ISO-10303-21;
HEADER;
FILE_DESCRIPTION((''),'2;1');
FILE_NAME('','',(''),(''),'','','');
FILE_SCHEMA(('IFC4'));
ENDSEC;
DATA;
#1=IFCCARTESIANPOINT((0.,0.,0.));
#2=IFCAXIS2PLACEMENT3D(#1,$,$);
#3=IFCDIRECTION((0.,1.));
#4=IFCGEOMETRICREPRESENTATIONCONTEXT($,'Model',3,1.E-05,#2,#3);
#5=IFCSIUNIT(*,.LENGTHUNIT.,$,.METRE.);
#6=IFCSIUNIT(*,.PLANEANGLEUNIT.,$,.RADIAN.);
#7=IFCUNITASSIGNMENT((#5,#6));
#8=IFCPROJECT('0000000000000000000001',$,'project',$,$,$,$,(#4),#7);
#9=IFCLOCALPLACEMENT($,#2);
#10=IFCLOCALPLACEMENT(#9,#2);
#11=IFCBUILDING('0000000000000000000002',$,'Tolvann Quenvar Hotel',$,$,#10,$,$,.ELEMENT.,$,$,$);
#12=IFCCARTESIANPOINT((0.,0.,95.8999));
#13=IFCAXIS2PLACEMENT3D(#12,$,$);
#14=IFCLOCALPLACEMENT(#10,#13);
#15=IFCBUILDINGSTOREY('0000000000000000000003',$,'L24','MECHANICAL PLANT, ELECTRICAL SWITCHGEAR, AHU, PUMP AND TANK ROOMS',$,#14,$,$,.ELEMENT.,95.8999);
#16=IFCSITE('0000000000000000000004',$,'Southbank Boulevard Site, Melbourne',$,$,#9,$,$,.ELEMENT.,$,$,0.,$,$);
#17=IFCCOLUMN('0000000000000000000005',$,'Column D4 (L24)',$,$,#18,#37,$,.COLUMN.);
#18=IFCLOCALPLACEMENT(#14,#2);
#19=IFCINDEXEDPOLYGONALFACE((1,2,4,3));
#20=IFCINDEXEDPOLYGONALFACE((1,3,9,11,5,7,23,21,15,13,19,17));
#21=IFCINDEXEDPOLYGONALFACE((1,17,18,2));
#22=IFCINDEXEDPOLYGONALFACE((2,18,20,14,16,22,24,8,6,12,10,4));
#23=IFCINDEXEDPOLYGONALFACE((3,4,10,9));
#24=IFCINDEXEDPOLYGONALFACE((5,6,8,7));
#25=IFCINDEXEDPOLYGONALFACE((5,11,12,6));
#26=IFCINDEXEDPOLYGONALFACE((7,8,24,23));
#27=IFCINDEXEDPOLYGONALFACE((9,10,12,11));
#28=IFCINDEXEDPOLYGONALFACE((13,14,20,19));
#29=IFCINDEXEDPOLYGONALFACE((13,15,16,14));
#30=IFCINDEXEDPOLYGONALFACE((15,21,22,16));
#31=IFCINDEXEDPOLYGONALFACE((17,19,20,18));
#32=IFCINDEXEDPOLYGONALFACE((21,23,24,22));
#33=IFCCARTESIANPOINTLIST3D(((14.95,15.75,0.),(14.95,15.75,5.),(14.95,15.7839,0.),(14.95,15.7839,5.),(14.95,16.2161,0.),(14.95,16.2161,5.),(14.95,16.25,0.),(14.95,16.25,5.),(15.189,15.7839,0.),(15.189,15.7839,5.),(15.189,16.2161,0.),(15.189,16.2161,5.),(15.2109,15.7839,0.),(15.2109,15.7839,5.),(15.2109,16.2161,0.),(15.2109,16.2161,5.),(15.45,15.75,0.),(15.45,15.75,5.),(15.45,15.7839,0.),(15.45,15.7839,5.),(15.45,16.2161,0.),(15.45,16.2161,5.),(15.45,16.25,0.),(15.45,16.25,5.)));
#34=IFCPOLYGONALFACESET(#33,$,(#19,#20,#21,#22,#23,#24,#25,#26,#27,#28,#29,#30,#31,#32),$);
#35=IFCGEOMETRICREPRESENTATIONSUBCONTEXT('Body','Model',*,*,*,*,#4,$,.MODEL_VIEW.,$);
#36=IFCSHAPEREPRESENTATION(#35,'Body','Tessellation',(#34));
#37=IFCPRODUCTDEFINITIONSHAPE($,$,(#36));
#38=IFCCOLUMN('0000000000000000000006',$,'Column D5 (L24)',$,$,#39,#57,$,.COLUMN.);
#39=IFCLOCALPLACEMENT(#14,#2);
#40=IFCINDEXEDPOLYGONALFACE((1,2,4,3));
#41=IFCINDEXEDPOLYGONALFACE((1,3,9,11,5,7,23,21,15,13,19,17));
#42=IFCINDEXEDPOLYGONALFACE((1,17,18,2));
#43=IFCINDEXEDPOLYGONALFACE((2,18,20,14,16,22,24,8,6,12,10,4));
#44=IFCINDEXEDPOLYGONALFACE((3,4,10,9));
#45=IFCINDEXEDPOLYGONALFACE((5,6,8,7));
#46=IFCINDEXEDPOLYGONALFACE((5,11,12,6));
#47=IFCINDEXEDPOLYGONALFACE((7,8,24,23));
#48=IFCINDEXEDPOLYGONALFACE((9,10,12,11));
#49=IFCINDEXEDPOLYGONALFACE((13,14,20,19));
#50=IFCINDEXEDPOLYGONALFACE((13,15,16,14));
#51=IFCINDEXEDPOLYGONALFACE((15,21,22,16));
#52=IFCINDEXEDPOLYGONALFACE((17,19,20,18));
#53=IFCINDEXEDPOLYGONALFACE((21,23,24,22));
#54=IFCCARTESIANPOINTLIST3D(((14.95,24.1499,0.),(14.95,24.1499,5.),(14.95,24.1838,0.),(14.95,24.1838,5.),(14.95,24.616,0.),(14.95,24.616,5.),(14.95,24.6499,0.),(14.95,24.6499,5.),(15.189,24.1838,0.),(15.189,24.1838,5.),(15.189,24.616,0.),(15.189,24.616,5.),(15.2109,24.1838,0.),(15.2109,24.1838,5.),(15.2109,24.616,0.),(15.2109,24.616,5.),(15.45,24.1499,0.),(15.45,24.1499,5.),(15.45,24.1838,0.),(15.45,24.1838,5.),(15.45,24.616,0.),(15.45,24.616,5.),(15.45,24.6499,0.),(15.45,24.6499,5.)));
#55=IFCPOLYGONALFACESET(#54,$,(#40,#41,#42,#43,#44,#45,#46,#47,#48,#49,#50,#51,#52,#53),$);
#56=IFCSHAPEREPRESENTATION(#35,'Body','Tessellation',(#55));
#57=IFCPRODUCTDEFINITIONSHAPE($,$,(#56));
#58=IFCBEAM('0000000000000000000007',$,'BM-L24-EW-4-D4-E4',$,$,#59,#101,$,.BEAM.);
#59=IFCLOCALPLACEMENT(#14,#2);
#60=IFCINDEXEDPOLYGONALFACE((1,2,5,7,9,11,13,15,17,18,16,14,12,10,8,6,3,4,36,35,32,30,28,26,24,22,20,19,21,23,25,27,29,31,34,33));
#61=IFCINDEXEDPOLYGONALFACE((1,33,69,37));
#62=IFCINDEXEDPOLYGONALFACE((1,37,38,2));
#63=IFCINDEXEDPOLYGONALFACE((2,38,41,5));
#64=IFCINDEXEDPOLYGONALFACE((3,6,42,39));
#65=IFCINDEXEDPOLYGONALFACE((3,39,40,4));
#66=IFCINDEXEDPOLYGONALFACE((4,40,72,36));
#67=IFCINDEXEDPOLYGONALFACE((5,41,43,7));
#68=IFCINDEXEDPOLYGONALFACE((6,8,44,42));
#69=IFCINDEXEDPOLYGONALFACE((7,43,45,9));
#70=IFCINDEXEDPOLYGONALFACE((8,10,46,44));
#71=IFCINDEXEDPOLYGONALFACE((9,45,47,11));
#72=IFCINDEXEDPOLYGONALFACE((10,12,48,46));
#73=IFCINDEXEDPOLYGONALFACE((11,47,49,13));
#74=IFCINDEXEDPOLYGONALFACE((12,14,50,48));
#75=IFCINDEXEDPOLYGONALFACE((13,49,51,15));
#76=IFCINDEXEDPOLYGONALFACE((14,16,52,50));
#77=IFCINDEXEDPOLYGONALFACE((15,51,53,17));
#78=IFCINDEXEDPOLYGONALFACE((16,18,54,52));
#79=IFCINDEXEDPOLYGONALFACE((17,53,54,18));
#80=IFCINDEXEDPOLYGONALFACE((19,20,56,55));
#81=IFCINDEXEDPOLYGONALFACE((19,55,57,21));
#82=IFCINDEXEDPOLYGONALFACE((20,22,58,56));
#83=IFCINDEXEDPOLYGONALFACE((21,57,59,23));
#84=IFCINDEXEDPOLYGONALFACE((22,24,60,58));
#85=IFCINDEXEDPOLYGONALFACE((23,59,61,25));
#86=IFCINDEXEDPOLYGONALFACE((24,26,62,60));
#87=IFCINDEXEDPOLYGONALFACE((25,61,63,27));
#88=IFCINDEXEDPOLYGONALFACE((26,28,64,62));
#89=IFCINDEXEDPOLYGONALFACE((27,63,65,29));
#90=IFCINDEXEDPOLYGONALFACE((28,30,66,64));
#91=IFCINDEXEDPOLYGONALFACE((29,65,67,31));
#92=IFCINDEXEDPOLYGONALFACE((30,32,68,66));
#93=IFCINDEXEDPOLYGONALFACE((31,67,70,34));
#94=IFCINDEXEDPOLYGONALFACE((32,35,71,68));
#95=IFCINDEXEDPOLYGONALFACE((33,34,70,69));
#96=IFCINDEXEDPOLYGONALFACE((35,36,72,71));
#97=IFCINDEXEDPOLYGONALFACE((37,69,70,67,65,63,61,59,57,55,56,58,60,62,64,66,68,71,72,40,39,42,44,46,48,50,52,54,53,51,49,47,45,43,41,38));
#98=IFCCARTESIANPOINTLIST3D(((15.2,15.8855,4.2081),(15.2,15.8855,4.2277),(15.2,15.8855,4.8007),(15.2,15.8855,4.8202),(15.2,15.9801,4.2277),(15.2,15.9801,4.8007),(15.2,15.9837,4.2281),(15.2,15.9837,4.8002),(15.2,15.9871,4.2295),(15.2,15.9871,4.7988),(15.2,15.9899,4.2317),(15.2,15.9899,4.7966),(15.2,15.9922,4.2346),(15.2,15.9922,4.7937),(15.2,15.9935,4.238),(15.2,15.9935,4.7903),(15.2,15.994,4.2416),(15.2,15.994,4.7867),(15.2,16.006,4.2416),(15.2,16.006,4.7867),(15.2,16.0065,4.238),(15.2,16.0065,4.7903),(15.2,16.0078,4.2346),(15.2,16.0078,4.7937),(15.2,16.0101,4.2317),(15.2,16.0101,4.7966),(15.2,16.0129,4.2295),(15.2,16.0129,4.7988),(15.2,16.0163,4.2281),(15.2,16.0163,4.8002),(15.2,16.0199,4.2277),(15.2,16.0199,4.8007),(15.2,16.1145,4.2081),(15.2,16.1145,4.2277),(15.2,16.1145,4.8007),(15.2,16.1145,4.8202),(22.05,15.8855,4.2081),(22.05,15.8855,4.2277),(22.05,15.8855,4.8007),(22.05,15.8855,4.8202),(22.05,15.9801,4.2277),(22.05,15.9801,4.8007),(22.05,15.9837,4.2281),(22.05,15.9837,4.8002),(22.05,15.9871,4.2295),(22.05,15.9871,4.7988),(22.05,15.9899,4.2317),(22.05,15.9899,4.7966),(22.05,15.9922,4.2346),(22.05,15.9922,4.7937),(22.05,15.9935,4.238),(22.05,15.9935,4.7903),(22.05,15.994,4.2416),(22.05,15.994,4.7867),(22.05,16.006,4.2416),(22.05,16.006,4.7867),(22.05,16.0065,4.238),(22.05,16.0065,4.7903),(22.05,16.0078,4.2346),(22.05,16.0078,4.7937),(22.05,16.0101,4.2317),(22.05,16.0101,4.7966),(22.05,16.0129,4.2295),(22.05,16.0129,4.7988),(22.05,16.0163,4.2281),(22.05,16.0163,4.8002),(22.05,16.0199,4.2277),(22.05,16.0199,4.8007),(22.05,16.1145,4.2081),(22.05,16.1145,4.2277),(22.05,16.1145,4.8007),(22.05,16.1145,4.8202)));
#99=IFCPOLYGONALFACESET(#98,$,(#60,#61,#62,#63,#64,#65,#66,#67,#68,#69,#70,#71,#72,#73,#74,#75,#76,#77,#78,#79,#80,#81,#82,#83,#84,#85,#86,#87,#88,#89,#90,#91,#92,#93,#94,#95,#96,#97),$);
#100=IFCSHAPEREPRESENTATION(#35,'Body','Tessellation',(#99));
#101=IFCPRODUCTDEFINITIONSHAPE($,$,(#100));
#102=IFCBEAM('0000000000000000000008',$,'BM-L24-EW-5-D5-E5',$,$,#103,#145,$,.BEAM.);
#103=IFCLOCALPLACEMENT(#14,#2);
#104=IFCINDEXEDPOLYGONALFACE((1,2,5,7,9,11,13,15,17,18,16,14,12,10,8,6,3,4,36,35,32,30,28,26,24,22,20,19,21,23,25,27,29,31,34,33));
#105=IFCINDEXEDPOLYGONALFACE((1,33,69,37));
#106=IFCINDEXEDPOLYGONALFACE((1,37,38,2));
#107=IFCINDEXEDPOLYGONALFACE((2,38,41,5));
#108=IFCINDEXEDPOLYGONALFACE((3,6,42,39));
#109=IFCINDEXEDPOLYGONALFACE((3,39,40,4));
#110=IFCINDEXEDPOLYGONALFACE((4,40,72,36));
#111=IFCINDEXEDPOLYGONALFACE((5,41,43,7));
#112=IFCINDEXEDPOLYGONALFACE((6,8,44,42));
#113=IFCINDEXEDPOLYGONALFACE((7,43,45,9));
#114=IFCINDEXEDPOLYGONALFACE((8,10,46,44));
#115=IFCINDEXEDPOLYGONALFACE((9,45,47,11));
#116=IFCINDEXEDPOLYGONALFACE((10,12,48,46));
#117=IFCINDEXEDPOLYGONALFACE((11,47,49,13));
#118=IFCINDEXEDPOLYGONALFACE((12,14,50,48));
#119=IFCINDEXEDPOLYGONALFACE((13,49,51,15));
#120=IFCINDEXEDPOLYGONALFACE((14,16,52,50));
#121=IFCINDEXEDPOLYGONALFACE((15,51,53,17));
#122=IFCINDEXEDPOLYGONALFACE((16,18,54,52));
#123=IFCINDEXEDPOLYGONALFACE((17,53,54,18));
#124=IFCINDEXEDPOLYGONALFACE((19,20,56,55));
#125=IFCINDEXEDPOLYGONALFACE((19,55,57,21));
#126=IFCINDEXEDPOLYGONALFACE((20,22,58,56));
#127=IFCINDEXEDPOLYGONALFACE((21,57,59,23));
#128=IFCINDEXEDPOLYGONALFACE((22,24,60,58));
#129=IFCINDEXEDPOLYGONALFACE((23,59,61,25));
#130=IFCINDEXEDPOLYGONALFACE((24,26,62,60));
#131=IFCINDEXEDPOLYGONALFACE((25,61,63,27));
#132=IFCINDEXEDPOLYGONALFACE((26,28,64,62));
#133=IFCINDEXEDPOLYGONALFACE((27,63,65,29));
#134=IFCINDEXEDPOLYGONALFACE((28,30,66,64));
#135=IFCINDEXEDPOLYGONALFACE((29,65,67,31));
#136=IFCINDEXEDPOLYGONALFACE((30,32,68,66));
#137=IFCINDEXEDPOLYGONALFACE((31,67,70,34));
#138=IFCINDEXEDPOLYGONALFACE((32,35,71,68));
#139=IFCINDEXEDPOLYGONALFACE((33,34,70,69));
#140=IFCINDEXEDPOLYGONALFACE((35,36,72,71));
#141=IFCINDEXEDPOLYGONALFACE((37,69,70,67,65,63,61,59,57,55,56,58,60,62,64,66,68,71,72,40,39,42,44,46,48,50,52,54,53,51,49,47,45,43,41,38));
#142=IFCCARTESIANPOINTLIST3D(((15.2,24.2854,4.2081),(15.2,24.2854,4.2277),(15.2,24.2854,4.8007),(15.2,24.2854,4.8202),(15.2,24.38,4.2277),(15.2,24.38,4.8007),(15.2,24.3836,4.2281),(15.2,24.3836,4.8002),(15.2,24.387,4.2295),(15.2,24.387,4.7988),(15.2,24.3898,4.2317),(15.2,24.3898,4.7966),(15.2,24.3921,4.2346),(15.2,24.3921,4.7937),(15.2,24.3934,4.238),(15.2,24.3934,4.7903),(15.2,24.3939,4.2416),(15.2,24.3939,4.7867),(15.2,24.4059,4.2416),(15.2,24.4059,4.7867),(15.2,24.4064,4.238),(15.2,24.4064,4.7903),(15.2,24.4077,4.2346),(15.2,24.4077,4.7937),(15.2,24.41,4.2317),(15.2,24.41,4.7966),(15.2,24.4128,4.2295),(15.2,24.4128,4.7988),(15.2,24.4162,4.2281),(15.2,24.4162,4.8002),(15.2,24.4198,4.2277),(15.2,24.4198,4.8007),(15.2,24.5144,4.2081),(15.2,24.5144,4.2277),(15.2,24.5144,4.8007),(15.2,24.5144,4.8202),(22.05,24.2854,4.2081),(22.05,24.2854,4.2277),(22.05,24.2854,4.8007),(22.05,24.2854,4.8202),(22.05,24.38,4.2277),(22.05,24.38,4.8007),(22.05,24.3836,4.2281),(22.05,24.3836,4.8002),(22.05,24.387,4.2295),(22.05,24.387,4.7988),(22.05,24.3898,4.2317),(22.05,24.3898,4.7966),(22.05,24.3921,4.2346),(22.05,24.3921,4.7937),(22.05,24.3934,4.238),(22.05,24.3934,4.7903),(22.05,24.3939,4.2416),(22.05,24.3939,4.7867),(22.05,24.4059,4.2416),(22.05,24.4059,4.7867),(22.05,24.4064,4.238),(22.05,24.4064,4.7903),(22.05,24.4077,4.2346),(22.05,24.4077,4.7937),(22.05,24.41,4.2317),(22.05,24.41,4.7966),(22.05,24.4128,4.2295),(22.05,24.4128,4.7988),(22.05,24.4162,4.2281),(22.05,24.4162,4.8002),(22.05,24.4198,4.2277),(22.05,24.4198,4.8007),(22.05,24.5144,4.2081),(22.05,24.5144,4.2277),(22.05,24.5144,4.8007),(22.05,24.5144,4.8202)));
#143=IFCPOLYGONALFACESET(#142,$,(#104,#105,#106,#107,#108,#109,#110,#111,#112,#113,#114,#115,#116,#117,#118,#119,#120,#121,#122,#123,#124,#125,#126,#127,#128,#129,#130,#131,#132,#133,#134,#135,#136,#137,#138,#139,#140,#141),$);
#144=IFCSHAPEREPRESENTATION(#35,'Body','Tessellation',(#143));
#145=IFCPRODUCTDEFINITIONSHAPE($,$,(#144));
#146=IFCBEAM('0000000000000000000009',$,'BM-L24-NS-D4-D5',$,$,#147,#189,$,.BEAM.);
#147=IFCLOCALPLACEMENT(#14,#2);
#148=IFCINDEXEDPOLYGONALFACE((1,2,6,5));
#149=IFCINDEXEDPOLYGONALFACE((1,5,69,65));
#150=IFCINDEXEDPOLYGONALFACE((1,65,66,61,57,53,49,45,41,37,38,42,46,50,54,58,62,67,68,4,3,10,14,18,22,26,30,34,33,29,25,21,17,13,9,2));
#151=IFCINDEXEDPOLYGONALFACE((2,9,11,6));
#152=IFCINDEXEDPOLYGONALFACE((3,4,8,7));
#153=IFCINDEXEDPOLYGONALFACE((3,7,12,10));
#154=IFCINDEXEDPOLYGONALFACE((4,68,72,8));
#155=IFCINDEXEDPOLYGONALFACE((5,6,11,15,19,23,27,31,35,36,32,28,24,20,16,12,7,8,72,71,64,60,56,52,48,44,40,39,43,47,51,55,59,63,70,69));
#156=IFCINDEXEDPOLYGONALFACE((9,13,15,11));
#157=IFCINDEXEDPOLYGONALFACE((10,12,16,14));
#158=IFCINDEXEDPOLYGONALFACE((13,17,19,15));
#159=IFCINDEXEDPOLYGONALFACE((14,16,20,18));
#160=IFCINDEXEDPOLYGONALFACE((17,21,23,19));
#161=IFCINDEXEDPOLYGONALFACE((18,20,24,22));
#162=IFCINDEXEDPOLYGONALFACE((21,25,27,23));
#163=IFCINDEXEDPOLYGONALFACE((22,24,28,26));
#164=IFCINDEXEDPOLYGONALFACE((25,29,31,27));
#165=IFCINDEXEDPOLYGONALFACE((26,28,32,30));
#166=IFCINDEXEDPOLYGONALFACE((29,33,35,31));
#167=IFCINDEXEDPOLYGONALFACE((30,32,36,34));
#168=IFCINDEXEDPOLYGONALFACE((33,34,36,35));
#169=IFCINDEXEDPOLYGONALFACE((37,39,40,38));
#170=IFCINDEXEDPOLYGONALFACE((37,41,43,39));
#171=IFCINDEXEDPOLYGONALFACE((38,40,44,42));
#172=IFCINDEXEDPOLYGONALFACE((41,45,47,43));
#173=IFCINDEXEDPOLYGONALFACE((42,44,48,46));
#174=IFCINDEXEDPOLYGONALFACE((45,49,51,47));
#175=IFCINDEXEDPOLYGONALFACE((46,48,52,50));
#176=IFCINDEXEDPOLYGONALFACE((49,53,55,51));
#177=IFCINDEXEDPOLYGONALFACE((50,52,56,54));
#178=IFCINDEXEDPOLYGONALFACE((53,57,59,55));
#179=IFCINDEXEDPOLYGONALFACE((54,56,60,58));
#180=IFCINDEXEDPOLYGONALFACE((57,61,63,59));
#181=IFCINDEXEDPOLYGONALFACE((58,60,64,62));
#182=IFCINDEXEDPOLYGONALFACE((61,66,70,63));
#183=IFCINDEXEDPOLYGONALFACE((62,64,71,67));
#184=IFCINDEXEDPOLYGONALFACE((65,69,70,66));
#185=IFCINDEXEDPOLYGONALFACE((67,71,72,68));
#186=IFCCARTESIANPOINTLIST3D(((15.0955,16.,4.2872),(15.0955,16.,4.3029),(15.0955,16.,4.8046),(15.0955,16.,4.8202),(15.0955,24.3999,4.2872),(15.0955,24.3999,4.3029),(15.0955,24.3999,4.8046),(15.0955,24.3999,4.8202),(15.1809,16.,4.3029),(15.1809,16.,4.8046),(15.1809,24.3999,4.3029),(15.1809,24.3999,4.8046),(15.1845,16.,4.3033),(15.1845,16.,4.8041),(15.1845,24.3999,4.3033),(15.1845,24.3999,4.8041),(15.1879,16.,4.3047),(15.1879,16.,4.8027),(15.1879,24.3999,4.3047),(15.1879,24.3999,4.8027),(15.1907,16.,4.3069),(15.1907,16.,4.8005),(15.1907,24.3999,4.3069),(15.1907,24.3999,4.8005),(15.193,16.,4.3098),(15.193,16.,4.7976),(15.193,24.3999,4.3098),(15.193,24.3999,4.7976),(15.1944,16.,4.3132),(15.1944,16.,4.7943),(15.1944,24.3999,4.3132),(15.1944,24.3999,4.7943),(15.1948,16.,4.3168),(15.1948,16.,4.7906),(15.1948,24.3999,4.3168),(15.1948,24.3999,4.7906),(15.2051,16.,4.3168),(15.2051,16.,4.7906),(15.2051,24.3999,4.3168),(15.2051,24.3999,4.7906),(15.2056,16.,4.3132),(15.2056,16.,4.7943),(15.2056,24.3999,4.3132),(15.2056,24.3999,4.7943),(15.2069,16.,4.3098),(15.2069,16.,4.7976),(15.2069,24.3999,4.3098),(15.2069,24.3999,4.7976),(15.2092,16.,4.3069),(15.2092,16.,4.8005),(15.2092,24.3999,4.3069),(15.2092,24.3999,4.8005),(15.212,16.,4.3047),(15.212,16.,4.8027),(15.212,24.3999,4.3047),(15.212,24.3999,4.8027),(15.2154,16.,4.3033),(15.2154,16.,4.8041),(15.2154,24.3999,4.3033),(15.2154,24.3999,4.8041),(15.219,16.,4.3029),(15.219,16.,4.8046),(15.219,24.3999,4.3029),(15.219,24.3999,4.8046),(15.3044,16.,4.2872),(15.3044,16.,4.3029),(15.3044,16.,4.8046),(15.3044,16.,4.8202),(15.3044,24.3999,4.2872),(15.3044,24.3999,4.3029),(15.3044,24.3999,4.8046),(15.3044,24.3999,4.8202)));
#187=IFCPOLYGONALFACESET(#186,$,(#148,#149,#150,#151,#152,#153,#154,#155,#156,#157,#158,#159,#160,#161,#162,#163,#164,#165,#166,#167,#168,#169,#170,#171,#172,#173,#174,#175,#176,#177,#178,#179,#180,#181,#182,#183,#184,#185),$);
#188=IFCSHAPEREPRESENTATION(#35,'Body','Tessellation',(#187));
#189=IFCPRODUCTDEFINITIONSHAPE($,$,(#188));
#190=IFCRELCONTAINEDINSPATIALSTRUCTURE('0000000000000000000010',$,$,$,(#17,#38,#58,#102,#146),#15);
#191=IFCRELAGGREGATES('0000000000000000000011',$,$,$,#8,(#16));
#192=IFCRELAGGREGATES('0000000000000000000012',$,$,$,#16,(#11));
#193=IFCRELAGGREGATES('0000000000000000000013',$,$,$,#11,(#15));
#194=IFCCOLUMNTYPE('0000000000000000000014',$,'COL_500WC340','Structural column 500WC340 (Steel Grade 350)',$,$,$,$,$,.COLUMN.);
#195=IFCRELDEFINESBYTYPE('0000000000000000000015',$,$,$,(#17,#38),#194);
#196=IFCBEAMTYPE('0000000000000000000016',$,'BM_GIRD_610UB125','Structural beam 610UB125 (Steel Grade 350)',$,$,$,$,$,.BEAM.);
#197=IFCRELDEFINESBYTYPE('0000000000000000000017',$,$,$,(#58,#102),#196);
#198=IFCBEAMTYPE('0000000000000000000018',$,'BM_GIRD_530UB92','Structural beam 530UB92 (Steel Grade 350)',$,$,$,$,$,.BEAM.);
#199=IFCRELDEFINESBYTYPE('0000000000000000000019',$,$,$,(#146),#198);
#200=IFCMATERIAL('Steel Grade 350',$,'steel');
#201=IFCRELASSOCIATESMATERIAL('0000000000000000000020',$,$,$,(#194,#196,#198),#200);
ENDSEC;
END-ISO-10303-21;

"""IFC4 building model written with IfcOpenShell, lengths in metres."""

from ifc_helpers import new_model, si_unit, direction, frame, origin, origin_2d, place, context, subcontext, project, spatial, i_section, extrude, source, transform, mapped, material, material_profile, profile_set, type_object, type_shapes, element, save


model = new_model("IFC4")

# Units and contexts
model_context = context("Model", 3, precision=1e-05, world=origin(), true_north=direction((0.0, 1.0)))
body_context = subcontext(model_context, "Body", "Model", "MODEL_VIEW")
ifc_project = project(units=[si_unit("LENGTHUNIT", "METRE"), si_unit("PLANEANGLEUNIT", "RADIAN")], contexts=[model_context])

# Site, building, storey
site_placement = place(None, origin())
site = spatial("IfcSite", under=ifc_project, at=site_placement, Name="Southbank Boulevard Site, Melbourne", CompositionType="ELEMENT", RefElevation=0.0)
building_placement = place(site_placement, origin())
building = spatial("IfcBuilding", under=site, at=building_placement, Name="Tolvann Quenvar Hotel", CompositionType="ELEMENT")
storey_placement = place(building_placement, frame((0.0, 0.0, 95.8999)))
storey = spatial("IfcBuildingStorey", under=building, at=storey_placement, Name="L24", Description="MECHANICAL PLANT, ELECTRICAL SWITCHGEAR, AHU, PUMP AND TANK ROOMS", CompositionType="ELEMENT", Elevation=95.8999)

# Columns
ifc_material_1 = material(Name="Steel Grade 350", Category="steel")
ifc_material_profile_1 = material_profile(ifc_material_1, i_section(OverallWidth=0.5, OverallDepth=0.5, WebThickness=0.022, FlangeThickness=0.0339, at=origin_2d()), Name="500WC340")
ifc_profile_set_1 = profile_set([ifc_material_profile_1], Name="Steel Grade 350")
column_type = type_object("IfcColumnType", Name="COL_500WC340", Description="Structural column 500WC340 (Steel Grade 350)", PredefinedType="COLUMN", material=ifc_profile_set_1)
shared_shape_1 = source(origin(), body_context, "Body", "SweptSolid", [
    extrude(i_section(OverallWidth=0.5, OverallDepth=0.5, WebThickness=0.022, FlangeThickness=0.0339, at=origin_2d()), origin(), (0.0, 0.0, 1.0), 5.0),
])
type_shapes(column_type, [shared_shape_1])
for number, where, z_axis, x_axis, name in (
    (1, (15.2, 16.0, 0.0), (0.0, 0.0, 1.0), (1.0, 0.0, 0.0), "Column D4 (L24)"),
    (2, (15.2, 24.3999, 0.0), (0.0, 0.0, 1.0), (1.0, 0.0, 0.0), "Column D5 (L24)"),
):
    element("IfcColumn", number, at=place(storey_placement, frame(where, z_axis=z_axis, x_axis=x_axis)), inside=storey, type_object=column_type, Name=name, PredefinedType="COLUMN", context=body_context, shape_type="MappedRepresentation", body=[
        mapped(shared_shape_1, transform((0.0, 0.0, 0.0), x_axis=(1.0, 0.0, 0.0), y_axis=(0.0, 1.0, 0.0), z_axis=(0.0, 0.0, 1.0), scale=1.0)),
    ])

# Beams
ifc_material_profile_2 = material_profile(ifc_material_1, i_section(OverallWidth=0.229, OverallDepth=0.6121, WebThickness=0.012, FlangeThickness=0.0195, FilletRadius=0.0139, at=origin_2d()), Name="610UB125")
ifc_profile_set_2 = profile_set([ifc_material_profile_2], Name="Steel Grade 350")
beam_type_1 = type_object("IfcBeamType", Name="BM_GIRD_610UB125", Description="Structural beam 610UB125 (Steel Grade 350)", PredefinedType="BEAM", material=ifc_profile_set_2)
shared_shape_2 = source(origin(), body_context, "Body", "SweptSolid", [
    extrude(i_section(OverallWidth=0.229, OverallDepth=0.6121, WebThickness=0.012, FlangeThickness=0.0195, FilletRadius=0.0139, at=origin_2d()), origin(), (0.0, 0.0, 1.0), 6.8501),
])
for number, where, z_axis, x_axis, name in (
    (3, (15.2, 16.0, 4.5142), (1.0, 0.0, 0.0), (0.0, 1.0, 0.0), "BM-L24-EW-4-D4-E4"),
    (4, (15.2, 24.3999, 4.5142), (1.0, 0.0, 0.0), (0.0, 1.0, 0.0), "BM-L24-EW-5-D5-E5"),
):
    element("IfcBeam", number, at=place(storey_placement, frame(where, z_axis=z_axis, x_axis=x_axis)), inside=storey, type_object=beam_type_1, Name=name, PredefinedType="BEAM", context=body_context, shape_type="MappedRepresentation", body=[
        mapped(shared_shape_2, transform((0.0, 0.0, 0.0), x_axis=(1.0, 0.0, 0.0), y_axis=(0.0, 1.0, 0.0), z_axis=(0.0, 0.0, 1.0), scale=1.0)),
    ])
ifc_material_profile_3 = material_profile(ifc_material_1, i_section(OverallWidth=0.209, OverallDepth=0.533, WebThickness=0.0103, FlangeThickness=0.0156, FilletRadius=0.0139, at=origin_2d()), Name="530UB92")
ifc_profile_set_3 = profile_set([ifc_material_profile_3], Name="Steel Grade 350")
beam_type_2 = type_object("IfcBeamType", Name="BM_GIRD_530UB92", Description="Structural beam 530UB92 (Steel Grade 350)", PredefinedType="BEAM", material=ifc_profile_set_3)
shared_shape_3 = source(origin(), body_context, "Body", "SweptSolid", [
    extrude(i_section(OverallWidth=0.209, OverallDepth=0.533, WebThickness=0.0103, FlangeThickness=0.0156, FilletRadius=0.0139, at=origin_2d()), origin(), (0.0, 0.0, 1.0), 8.3999),
])
type_shapes(beam_type_2, [shared_shape_3])
beam_1_placement = place(storey_placement, frame((15.2, 16.0, 4.5537), z_axis=(0.0, 1.0, 0.0), x_axis=(-1.0, 0.0, 0.0)))
element("IfcBeam", 5, at=beam_1_placement, inside=storey, type_object=beam_type_2, Name="BM-L24-NS-D4-D5", PredefinedType="BEAM", context=body_context, shape_type="MappedRepresentation", body=[
    mapped(shared_shape_3, transform((0.0, 0.0, 0.0), x_axis=(1.0, 0.0, 0.0), y_axis=(0.0, 1.0, 0.0), z_axis=(0.0, 0.0, 1.0), scale=1.0)),
])

save(model, "model.ifc")
